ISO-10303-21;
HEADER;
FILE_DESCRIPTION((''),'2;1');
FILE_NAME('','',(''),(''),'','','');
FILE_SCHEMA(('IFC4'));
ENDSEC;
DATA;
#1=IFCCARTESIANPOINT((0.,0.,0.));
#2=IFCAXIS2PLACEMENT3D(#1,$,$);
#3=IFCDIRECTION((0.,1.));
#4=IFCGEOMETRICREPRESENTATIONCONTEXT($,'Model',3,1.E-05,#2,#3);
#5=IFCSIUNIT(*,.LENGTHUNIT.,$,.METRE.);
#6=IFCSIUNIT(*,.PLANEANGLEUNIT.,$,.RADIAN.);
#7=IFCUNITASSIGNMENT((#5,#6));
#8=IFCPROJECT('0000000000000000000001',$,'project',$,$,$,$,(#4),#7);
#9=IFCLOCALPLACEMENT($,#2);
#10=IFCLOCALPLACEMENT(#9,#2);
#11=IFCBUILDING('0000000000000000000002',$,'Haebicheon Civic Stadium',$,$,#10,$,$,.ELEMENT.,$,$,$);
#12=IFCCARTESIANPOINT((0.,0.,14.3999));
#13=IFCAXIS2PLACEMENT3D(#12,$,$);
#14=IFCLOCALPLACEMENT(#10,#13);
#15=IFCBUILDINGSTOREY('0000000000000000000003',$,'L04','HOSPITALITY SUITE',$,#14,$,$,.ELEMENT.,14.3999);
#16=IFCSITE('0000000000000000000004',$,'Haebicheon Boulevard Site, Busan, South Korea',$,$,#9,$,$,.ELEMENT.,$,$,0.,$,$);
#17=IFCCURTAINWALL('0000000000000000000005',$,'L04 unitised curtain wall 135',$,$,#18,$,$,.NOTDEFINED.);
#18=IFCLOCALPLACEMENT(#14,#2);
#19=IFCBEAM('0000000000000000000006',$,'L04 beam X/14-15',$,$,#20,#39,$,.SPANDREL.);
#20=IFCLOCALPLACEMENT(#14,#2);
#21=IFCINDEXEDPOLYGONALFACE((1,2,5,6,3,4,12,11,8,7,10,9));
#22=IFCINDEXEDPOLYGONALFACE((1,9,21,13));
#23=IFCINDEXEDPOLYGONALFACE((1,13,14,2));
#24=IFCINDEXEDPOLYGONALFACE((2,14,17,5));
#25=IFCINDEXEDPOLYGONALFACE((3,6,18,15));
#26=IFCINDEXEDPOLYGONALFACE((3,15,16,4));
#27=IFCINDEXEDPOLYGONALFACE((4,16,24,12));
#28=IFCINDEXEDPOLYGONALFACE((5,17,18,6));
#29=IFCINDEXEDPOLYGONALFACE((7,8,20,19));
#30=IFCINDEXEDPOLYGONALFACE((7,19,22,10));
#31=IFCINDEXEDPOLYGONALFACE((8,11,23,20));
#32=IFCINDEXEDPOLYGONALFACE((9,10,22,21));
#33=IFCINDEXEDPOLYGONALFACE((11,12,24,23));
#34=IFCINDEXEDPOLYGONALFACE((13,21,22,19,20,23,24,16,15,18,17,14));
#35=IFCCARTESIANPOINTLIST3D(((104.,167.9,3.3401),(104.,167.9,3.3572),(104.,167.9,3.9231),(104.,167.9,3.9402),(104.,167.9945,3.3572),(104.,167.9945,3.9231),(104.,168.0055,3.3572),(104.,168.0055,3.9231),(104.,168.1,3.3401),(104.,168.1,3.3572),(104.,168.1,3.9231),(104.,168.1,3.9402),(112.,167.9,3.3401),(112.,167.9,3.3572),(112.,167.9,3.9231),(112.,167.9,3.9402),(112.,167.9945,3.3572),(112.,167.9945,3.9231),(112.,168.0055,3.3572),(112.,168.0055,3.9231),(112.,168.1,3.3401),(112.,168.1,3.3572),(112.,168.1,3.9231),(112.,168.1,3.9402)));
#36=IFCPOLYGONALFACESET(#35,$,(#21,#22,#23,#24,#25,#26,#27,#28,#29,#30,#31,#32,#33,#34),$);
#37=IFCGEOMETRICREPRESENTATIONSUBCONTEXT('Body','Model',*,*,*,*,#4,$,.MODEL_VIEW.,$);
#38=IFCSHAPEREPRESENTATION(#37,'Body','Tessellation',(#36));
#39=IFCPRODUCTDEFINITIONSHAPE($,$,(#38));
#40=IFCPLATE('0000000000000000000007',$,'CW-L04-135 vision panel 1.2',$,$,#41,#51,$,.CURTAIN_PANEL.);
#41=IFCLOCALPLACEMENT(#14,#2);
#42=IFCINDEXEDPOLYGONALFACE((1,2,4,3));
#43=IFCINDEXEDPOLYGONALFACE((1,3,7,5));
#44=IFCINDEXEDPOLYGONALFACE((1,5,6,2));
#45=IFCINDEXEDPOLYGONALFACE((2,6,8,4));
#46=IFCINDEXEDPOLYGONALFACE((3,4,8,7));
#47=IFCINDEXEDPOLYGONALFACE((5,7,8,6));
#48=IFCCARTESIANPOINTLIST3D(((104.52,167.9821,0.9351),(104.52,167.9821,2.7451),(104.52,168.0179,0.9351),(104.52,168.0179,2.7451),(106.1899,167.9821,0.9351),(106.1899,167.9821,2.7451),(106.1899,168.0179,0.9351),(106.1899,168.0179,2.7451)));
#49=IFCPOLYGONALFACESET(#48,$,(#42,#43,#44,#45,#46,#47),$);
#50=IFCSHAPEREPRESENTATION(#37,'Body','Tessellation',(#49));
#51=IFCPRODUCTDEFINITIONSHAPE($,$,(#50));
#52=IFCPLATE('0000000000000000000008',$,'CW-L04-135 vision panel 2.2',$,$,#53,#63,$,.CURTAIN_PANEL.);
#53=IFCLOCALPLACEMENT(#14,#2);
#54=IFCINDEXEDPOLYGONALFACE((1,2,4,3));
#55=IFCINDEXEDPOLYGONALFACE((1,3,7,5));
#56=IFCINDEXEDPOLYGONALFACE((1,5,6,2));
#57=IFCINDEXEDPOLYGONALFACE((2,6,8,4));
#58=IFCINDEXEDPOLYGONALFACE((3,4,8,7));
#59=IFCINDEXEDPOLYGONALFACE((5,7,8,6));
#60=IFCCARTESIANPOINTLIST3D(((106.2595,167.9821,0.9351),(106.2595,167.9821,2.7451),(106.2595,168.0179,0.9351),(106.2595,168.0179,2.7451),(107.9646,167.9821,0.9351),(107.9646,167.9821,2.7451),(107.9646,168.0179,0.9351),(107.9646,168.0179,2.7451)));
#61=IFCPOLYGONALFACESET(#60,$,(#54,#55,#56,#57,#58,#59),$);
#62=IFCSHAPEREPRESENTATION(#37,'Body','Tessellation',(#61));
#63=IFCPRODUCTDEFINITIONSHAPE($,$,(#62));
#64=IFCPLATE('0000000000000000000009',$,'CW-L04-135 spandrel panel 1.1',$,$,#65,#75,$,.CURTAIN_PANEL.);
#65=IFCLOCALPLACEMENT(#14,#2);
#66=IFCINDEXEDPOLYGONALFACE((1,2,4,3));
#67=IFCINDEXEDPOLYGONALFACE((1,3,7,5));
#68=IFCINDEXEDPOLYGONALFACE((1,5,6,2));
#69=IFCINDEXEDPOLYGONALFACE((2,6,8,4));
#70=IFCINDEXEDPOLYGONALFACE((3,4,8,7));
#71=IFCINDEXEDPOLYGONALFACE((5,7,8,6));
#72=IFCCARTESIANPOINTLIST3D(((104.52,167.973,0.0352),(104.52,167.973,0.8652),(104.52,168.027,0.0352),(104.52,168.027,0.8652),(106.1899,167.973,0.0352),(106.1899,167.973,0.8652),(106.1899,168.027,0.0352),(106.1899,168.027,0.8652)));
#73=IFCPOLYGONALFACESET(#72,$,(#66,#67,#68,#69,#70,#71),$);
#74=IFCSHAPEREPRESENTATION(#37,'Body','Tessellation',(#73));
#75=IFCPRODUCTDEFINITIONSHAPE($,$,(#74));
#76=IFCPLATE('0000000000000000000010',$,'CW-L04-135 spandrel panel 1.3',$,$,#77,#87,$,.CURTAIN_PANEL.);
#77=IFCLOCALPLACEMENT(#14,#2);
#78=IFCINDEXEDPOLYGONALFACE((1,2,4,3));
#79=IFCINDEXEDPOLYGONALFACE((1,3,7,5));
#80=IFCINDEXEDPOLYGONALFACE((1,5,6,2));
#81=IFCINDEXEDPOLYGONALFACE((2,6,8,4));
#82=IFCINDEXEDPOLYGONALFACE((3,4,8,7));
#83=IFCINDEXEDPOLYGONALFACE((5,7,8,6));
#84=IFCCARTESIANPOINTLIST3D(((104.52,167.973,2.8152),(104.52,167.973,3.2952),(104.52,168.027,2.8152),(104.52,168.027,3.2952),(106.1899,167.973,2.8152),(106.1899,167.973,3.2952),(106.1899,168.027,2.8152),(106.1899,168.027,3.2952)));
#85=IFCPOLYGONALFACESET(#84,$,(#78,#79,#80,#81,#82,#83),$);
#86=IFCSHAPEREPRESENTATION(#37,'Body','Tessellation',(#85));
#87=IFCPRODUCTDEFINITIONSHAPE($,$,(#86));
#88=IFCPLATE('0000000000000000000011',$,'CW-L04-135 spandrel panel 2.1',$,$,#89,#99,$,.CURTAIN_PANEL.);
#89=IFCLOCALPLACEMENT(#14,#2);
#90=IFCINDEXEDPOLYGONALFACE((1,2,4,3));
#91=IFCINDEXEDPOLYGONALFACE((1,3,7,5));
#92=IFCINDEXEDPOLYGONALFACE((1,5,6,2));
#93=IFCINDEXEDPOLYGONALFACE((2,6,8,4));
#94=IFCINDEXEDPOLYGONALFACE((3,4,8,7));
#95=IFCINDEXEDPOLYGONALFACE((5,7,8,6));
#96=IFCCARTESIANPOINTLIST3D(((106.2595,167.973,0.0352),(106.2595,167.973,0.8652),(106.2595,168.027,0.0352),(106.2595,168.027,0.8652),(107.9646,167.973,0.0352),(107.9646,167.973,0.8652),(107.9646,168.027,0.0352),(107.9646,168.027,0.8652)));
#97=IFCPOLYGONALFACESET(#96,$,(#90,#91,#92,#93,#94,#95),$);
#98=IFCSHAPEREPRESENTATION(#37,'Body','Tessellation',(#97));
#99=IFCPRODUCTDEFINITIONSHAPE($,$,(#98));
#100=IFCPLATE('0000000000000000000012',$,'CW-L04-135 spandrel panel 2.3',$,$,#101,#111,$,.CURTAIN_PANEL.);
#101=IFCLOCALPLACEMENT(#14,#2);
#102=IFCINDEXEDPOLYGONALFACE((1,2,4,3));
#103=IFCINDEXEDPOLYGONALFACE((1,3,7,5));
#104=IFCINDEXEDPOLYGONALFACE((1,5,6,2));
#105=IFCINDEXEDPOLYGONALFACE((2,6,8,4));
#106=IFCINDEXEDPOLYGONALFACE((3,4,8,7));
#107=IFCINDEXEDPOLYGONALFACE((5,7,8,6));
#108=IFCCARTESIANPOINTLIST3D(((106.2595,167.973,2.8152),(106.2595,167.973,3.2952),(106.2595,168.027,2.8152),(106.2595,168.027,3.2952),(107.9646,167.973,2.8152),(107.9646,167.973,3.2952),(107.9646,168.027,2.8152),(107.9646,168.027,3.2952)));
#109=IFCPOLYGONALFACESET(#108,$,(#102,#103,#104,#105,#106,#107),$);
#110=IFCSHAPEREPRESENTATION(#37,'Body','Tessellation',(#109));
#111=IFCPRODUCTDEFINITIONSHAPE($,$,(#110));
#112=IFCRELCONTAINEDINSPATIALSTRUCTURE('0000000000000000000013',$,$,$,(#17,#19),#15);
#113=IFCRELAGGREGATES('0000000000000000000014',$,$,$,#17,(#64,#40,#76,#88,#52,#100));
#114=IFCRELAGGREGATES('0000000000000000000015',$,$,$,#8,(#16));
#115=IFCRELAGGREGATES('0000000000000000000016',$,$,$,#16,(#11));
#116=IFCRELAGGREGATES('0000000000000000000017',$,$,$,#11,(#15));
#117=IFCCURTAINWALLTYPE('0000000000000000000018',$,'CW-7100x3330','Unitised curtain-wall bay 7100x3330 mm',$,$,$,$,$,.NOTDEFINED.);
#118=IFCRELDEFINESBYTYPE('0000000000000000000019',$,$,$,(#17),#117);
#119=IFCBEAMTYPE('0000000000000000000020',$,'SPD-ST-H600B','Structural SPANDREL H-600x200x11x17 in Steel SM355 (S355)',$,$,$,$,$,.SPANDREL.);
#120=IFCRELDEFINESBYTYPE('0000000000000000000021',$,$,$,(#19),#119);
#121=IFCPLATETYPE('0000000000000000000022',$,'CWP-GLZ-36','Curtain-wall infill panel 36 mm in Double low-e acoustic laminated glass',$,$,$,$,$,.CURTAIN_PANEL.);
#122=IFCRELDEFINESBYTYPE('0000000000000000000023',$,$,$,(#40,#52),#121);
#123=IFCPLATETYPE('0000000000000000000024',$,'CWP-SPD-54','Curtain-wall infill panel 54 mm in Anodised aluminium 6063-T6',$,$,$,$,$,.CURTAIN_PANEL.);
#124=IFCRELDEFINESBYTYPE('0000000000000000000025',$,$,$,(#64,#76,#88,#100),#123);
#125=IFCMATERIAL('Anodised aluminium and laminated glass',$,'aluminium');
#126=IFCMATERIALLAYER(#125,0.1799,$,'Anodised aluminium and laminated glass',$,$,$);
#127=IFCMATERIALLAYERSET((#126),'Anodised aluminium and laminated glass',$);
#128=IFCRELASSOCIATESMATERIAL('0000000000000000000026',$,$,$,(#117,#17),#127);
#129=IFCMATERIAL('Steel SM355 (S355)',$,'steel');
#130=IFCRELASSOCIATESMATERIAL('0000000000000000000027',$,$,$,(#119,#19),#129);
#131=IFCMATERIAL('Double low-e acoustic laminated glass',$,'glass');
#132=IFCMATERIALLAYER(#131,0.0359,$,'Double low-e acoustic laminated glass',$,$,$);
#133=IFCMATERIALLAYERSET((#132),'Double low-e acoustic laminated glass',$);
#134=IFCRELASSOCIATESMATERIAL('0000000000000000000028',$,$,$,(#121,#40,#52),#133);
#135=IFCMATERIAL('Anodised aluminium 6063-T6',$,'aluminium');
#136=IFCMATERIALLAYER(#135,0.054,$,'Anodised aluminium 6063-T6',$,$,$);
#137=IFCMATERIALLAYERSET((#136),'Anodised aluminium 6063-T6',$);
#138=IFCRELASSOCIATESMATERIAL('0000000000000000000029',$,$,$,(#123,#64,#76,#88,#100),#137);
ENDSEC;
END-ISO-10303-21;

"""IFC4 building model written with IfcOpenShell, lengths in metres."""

from ifc_helpers import new_model, si_unit, direction, frame, origin, origin_2d, place, context, subcontext, project, spatial, rectangle, i_section, extrude, material, layer, layer_set, material_profile, profile_set, type_object, element, aggregate, save


model = new_model("IFC4")

# Units and contexts
model_context = context("Model", 3, precision=1e-05, world=origin(), true_north=direction((0.0, 1.0)))
body_context = subcontext(model_context, "Body", "Model", "MODEL_VIEW")
ifc_project = project(units=[si_unit("LENGTHUNIT", "METRE"), si_unit("PLANEANGLEUNIT", "RADIAN")], contexts=[model_context])

# Site, building, storey
site_placement = place(None, origin())
site = spatial("IfcSite", under=ifc_project, at=site_placement, Name="Haebicheon Boulevard Site, Busan, South Korea", CompositionType="ELEMENT", RefElevation=0.0)
building_placement = place(site_placement, origin())
building = spatial("IfcBuilding", under=site, at=building_placement, Name="Haebicheon Civic Stadium", CompositionType="ELEMENT")
storey_placement = place(building_placement, frame((0.0, 0.0, 14.3999)))
storey = spatial("IfcBuildingStorey", under=building, at=storey_placement, Name="L04", Description="HOSPITALITY SUITE", CompositionType="ELEMENT", Elevation=14.3999)

# Curtain wall
ifc_material_1 = material(Name="Anodised aluminium and laminated glass", Category="aluminium")
ifc_layer_1 = layer(ifc_material_1, 0.1799, Name="Anodised aluminium and laminated glass")
ifc_layer_set_1 = layer_set([ifc_layer_1], Name="Anodised aluminium and laminated glass")
curtain_wall_type = type_object("IfcCurtainWallType", Name="CW-7100x3330", Description="Unitised curtain-wall bay 7100x3330 mm", PredefinedType="NOTDEFINED", material=ifc_layer_set_1)
curtain_wall_placement = place(storey_placement, origin())
curtain_wall = element("IfcCurtainWall", 1, at=curtain_wall_placement, inside=storey, type_object=curtain_wall_type, material=ifc_layer_set_1, Name="L04 unitised curtain wall 135", PredefinedType="NOTDEFINED")

# Beam
ifc_material_2 = material(Name="Steel SM355 (S355)", Category="steel")
ifc_material_profile_1 = material_profile(ifc_material_2, i_section(OverallWidth=0.2, OverallDepth=0.6001, WebThickness=0.011, FlangeThickness=0.0171, at=origin_2d()), Name="H-600x200x11x17")
ifc_profile_set_1 = profile_set([ifc_material_profile_1], Name="Steel SM355 (S355)")
beam_type_1 = type_object("IfcBeamType", Name="SPD-ST-H600B", Description="Structural SPANDREL H-600x200x11x17 in Steel SM355 (S355)", PredefinedType="SPANDREL", material=ifc_profile_set_1)
beam_placement = place(storey_placement, frame((104.0, 168.0, 3.6401), z_axis=(1.0, 0.0, 0.0), x_axis=(0.0, 1.0, 0.0)))
element("IfcBeam", 2, at=beam_placement, inside=storey, type_object=beam_type_1, material=ifc_profile_set_1, Name="L04 beam X/14-15", PredefinedType="SPANDREL", context=body_context, shape_type="SweptSolid", body=[
    extrude(i_section(OverallWidth=0.2, OverallDepth=0.6001, WebThickness=0.011, FlangeThickness=0.0171, at=origin_2d()), origin(), (0.0, 0.0, 1.0), 8.0),
])

# Plates
ifc_material_3 = material(Name="Double low-e acoustic laminated glass", Category="glass")
ifc_layer_2 = layer(ifc_material_3, 0.0359, Name="Double low-e acoustic laminated glass")
ifc_layer_set_2 = layer_set([ifc_layer_2], Name="Double low-e acoustic laminated glass")
plate_type_1 = type_object("IfcPlateType", Name="CWP-GLZ-36", Description="Curtain-wall infill panel 36 mm in Double low-e acoustic laminated glass", PredefinedType="CURTAIN_PANEL", material=ifc_layer_set_2)
plate_1_placement = place(storey_placement, frame((105.355, 168.0, 0.9351), z_axis=(0.0, 0.0, 1.0), x_axis=(1.0, 0.0, 0.0)))
plate_1 = element("IfcPlate", 3, at=plate_1_placement, type_object=plate_type_1, material=ifc_layer_set_2, Name="CW-L04-135 vision panel 1.2", PredefinedType="CURTAIN_PANEL", context=body_context, shape_type="SweptSolid", body=[
    extrude(rectangle(XDim=1.6699, YDim=0.0359, at=origin_2d()), origin(), (0.0, 0.0, 1.0), 1.8101),
])
plate_2_placement = place(storey_placement, frame((107.1121, 168.0, 0.9351), z_axis=(0.0, 0.0, 1.0), x_axis=(1.0, 0.0, 0.0)))
plate_2 = element("IfcPlate", 4, at=plate_2_placement, type_object=plate_type_1, material=ifc_layer_set_2, Name="CW-L04-135 vision panel 2.2", PredefinedType="CURTAIN_PANEL", context=body_context, shape_type="SweptSolid", body=[
    extrude(rectangle(XDim=1.7051, YDim=0.0359, at=origin_2d()), origin(), (0.0, 0.0, 1.0), 1.8101),
])
ifc_material_4 = material(Name="Anodised aluminium 6063-T6", Category="aluminium")
ifc_layer_3 = layer(ifc_material_4, 0.054, Name="Anodised aluminium 6063-T6")
ifc_layer_set_3 = layer_set([ifc_layer_3], Name="Anodised aluminium 6063-T6")
plate_type_2 = type_object("IfcPlateType", Name="CWP-SPD-54", Description="Curtain-wall infill panel 54 mm in Anodised aluminium 6063-T6", PredefinedType="CURTAIN_PANEL", material=ifc_layer_set_3)
plate_3_placement = place(storey_placement, frame((105.355, 168.0, 0.0352), z_axis=(0.0, 0.0, 1.0), x_axis=(1.0, 0.0, 0.0)))
plate_3 = element("IfcPlate", 5, at=plate_3_placement, type_object=plate_type_2, material=ifc_layer_set_3, Name="CW-L04-135 spandrel panel 1.1", PredefinedType="CURTAIN_PANEL", context=body_context, shape_type="SweptSolid", body=[
    extrude(rectangle(XDim=1.6699, YDim=0.054, at=origin_2d()), origin(), (0.0, 0.0, 1.0), 0.8301),
])
plate_4_placement = place(storey_placement, frame((105.355, 168.0, 2.8152), z_axis=(0.0, 0.0, 1.0), x_axis=(1.0, 0.0, 0.0)))
plate_4 = element("IfcPlate", 6, at=plate_4_placement, type_object=plate_type_2, material=ifc_layer_set_3, Name="CW-L04-135 spandrel panel 1.3", PredefinedType="CURTAIN_PANEL", context=body_context, shape_type="SweptSolid", body=[
    extrude(rectangle(XDim=1.6699, YDim=0.054, at=origin_2d()), origin(), (0.0, 0.0, 1.0), 0.48),
])
plate_5_placement = place(storey_placement, frame((107.1121, 168.0, 0.0352), z_axis=(0.0, 0.0, 1.0), x_axis=(1.0, 0.0, 0.0)))
plate_5 = element("IfcPlate", 7, at=plate_5_placement, type_object=plate_type_2, material=ifc_layer_set_3, Name="CW-L04-135 spandrel panel 2.1", PredefinedType="CURTAIN_PANEL", context=body_context, shape_type="SweptSolid", body=[
    extrude(rectangle(XDim=1.7051, YDim=0.054, at=origin_2d()), origin(), (0.0, 0.0, 1.0), 0.8301),
])
plate_6_placement = place(storey_placement, frame((107.1121, 168.0, 2.8152), z_axis=(0.0, 0.0, 1.0), x_axis=(1.0, 0.0, 0.0)))
plate_6 = element("IfcPlate", 8, at=plate_6_placement, type_object=plate_type_2, material=ifc_layer_set_3, Name="CW-L04-135 spandrel panel 2.3", PredefinedType="CURTAIN_PANEL", context=body_context, shape_type="SweptSolid", body=[
    extrude(rectangle(XDim=1.7051, YDim=0.054, at=origin_2d()), origin(), (0.0, 0.0, 1.0), 0.48),
])
aggregate(curtain_wall, [plate_3, plate_1, plate_4, plate_5, plate_2, plate_6])

save(model, "model.ifc")
